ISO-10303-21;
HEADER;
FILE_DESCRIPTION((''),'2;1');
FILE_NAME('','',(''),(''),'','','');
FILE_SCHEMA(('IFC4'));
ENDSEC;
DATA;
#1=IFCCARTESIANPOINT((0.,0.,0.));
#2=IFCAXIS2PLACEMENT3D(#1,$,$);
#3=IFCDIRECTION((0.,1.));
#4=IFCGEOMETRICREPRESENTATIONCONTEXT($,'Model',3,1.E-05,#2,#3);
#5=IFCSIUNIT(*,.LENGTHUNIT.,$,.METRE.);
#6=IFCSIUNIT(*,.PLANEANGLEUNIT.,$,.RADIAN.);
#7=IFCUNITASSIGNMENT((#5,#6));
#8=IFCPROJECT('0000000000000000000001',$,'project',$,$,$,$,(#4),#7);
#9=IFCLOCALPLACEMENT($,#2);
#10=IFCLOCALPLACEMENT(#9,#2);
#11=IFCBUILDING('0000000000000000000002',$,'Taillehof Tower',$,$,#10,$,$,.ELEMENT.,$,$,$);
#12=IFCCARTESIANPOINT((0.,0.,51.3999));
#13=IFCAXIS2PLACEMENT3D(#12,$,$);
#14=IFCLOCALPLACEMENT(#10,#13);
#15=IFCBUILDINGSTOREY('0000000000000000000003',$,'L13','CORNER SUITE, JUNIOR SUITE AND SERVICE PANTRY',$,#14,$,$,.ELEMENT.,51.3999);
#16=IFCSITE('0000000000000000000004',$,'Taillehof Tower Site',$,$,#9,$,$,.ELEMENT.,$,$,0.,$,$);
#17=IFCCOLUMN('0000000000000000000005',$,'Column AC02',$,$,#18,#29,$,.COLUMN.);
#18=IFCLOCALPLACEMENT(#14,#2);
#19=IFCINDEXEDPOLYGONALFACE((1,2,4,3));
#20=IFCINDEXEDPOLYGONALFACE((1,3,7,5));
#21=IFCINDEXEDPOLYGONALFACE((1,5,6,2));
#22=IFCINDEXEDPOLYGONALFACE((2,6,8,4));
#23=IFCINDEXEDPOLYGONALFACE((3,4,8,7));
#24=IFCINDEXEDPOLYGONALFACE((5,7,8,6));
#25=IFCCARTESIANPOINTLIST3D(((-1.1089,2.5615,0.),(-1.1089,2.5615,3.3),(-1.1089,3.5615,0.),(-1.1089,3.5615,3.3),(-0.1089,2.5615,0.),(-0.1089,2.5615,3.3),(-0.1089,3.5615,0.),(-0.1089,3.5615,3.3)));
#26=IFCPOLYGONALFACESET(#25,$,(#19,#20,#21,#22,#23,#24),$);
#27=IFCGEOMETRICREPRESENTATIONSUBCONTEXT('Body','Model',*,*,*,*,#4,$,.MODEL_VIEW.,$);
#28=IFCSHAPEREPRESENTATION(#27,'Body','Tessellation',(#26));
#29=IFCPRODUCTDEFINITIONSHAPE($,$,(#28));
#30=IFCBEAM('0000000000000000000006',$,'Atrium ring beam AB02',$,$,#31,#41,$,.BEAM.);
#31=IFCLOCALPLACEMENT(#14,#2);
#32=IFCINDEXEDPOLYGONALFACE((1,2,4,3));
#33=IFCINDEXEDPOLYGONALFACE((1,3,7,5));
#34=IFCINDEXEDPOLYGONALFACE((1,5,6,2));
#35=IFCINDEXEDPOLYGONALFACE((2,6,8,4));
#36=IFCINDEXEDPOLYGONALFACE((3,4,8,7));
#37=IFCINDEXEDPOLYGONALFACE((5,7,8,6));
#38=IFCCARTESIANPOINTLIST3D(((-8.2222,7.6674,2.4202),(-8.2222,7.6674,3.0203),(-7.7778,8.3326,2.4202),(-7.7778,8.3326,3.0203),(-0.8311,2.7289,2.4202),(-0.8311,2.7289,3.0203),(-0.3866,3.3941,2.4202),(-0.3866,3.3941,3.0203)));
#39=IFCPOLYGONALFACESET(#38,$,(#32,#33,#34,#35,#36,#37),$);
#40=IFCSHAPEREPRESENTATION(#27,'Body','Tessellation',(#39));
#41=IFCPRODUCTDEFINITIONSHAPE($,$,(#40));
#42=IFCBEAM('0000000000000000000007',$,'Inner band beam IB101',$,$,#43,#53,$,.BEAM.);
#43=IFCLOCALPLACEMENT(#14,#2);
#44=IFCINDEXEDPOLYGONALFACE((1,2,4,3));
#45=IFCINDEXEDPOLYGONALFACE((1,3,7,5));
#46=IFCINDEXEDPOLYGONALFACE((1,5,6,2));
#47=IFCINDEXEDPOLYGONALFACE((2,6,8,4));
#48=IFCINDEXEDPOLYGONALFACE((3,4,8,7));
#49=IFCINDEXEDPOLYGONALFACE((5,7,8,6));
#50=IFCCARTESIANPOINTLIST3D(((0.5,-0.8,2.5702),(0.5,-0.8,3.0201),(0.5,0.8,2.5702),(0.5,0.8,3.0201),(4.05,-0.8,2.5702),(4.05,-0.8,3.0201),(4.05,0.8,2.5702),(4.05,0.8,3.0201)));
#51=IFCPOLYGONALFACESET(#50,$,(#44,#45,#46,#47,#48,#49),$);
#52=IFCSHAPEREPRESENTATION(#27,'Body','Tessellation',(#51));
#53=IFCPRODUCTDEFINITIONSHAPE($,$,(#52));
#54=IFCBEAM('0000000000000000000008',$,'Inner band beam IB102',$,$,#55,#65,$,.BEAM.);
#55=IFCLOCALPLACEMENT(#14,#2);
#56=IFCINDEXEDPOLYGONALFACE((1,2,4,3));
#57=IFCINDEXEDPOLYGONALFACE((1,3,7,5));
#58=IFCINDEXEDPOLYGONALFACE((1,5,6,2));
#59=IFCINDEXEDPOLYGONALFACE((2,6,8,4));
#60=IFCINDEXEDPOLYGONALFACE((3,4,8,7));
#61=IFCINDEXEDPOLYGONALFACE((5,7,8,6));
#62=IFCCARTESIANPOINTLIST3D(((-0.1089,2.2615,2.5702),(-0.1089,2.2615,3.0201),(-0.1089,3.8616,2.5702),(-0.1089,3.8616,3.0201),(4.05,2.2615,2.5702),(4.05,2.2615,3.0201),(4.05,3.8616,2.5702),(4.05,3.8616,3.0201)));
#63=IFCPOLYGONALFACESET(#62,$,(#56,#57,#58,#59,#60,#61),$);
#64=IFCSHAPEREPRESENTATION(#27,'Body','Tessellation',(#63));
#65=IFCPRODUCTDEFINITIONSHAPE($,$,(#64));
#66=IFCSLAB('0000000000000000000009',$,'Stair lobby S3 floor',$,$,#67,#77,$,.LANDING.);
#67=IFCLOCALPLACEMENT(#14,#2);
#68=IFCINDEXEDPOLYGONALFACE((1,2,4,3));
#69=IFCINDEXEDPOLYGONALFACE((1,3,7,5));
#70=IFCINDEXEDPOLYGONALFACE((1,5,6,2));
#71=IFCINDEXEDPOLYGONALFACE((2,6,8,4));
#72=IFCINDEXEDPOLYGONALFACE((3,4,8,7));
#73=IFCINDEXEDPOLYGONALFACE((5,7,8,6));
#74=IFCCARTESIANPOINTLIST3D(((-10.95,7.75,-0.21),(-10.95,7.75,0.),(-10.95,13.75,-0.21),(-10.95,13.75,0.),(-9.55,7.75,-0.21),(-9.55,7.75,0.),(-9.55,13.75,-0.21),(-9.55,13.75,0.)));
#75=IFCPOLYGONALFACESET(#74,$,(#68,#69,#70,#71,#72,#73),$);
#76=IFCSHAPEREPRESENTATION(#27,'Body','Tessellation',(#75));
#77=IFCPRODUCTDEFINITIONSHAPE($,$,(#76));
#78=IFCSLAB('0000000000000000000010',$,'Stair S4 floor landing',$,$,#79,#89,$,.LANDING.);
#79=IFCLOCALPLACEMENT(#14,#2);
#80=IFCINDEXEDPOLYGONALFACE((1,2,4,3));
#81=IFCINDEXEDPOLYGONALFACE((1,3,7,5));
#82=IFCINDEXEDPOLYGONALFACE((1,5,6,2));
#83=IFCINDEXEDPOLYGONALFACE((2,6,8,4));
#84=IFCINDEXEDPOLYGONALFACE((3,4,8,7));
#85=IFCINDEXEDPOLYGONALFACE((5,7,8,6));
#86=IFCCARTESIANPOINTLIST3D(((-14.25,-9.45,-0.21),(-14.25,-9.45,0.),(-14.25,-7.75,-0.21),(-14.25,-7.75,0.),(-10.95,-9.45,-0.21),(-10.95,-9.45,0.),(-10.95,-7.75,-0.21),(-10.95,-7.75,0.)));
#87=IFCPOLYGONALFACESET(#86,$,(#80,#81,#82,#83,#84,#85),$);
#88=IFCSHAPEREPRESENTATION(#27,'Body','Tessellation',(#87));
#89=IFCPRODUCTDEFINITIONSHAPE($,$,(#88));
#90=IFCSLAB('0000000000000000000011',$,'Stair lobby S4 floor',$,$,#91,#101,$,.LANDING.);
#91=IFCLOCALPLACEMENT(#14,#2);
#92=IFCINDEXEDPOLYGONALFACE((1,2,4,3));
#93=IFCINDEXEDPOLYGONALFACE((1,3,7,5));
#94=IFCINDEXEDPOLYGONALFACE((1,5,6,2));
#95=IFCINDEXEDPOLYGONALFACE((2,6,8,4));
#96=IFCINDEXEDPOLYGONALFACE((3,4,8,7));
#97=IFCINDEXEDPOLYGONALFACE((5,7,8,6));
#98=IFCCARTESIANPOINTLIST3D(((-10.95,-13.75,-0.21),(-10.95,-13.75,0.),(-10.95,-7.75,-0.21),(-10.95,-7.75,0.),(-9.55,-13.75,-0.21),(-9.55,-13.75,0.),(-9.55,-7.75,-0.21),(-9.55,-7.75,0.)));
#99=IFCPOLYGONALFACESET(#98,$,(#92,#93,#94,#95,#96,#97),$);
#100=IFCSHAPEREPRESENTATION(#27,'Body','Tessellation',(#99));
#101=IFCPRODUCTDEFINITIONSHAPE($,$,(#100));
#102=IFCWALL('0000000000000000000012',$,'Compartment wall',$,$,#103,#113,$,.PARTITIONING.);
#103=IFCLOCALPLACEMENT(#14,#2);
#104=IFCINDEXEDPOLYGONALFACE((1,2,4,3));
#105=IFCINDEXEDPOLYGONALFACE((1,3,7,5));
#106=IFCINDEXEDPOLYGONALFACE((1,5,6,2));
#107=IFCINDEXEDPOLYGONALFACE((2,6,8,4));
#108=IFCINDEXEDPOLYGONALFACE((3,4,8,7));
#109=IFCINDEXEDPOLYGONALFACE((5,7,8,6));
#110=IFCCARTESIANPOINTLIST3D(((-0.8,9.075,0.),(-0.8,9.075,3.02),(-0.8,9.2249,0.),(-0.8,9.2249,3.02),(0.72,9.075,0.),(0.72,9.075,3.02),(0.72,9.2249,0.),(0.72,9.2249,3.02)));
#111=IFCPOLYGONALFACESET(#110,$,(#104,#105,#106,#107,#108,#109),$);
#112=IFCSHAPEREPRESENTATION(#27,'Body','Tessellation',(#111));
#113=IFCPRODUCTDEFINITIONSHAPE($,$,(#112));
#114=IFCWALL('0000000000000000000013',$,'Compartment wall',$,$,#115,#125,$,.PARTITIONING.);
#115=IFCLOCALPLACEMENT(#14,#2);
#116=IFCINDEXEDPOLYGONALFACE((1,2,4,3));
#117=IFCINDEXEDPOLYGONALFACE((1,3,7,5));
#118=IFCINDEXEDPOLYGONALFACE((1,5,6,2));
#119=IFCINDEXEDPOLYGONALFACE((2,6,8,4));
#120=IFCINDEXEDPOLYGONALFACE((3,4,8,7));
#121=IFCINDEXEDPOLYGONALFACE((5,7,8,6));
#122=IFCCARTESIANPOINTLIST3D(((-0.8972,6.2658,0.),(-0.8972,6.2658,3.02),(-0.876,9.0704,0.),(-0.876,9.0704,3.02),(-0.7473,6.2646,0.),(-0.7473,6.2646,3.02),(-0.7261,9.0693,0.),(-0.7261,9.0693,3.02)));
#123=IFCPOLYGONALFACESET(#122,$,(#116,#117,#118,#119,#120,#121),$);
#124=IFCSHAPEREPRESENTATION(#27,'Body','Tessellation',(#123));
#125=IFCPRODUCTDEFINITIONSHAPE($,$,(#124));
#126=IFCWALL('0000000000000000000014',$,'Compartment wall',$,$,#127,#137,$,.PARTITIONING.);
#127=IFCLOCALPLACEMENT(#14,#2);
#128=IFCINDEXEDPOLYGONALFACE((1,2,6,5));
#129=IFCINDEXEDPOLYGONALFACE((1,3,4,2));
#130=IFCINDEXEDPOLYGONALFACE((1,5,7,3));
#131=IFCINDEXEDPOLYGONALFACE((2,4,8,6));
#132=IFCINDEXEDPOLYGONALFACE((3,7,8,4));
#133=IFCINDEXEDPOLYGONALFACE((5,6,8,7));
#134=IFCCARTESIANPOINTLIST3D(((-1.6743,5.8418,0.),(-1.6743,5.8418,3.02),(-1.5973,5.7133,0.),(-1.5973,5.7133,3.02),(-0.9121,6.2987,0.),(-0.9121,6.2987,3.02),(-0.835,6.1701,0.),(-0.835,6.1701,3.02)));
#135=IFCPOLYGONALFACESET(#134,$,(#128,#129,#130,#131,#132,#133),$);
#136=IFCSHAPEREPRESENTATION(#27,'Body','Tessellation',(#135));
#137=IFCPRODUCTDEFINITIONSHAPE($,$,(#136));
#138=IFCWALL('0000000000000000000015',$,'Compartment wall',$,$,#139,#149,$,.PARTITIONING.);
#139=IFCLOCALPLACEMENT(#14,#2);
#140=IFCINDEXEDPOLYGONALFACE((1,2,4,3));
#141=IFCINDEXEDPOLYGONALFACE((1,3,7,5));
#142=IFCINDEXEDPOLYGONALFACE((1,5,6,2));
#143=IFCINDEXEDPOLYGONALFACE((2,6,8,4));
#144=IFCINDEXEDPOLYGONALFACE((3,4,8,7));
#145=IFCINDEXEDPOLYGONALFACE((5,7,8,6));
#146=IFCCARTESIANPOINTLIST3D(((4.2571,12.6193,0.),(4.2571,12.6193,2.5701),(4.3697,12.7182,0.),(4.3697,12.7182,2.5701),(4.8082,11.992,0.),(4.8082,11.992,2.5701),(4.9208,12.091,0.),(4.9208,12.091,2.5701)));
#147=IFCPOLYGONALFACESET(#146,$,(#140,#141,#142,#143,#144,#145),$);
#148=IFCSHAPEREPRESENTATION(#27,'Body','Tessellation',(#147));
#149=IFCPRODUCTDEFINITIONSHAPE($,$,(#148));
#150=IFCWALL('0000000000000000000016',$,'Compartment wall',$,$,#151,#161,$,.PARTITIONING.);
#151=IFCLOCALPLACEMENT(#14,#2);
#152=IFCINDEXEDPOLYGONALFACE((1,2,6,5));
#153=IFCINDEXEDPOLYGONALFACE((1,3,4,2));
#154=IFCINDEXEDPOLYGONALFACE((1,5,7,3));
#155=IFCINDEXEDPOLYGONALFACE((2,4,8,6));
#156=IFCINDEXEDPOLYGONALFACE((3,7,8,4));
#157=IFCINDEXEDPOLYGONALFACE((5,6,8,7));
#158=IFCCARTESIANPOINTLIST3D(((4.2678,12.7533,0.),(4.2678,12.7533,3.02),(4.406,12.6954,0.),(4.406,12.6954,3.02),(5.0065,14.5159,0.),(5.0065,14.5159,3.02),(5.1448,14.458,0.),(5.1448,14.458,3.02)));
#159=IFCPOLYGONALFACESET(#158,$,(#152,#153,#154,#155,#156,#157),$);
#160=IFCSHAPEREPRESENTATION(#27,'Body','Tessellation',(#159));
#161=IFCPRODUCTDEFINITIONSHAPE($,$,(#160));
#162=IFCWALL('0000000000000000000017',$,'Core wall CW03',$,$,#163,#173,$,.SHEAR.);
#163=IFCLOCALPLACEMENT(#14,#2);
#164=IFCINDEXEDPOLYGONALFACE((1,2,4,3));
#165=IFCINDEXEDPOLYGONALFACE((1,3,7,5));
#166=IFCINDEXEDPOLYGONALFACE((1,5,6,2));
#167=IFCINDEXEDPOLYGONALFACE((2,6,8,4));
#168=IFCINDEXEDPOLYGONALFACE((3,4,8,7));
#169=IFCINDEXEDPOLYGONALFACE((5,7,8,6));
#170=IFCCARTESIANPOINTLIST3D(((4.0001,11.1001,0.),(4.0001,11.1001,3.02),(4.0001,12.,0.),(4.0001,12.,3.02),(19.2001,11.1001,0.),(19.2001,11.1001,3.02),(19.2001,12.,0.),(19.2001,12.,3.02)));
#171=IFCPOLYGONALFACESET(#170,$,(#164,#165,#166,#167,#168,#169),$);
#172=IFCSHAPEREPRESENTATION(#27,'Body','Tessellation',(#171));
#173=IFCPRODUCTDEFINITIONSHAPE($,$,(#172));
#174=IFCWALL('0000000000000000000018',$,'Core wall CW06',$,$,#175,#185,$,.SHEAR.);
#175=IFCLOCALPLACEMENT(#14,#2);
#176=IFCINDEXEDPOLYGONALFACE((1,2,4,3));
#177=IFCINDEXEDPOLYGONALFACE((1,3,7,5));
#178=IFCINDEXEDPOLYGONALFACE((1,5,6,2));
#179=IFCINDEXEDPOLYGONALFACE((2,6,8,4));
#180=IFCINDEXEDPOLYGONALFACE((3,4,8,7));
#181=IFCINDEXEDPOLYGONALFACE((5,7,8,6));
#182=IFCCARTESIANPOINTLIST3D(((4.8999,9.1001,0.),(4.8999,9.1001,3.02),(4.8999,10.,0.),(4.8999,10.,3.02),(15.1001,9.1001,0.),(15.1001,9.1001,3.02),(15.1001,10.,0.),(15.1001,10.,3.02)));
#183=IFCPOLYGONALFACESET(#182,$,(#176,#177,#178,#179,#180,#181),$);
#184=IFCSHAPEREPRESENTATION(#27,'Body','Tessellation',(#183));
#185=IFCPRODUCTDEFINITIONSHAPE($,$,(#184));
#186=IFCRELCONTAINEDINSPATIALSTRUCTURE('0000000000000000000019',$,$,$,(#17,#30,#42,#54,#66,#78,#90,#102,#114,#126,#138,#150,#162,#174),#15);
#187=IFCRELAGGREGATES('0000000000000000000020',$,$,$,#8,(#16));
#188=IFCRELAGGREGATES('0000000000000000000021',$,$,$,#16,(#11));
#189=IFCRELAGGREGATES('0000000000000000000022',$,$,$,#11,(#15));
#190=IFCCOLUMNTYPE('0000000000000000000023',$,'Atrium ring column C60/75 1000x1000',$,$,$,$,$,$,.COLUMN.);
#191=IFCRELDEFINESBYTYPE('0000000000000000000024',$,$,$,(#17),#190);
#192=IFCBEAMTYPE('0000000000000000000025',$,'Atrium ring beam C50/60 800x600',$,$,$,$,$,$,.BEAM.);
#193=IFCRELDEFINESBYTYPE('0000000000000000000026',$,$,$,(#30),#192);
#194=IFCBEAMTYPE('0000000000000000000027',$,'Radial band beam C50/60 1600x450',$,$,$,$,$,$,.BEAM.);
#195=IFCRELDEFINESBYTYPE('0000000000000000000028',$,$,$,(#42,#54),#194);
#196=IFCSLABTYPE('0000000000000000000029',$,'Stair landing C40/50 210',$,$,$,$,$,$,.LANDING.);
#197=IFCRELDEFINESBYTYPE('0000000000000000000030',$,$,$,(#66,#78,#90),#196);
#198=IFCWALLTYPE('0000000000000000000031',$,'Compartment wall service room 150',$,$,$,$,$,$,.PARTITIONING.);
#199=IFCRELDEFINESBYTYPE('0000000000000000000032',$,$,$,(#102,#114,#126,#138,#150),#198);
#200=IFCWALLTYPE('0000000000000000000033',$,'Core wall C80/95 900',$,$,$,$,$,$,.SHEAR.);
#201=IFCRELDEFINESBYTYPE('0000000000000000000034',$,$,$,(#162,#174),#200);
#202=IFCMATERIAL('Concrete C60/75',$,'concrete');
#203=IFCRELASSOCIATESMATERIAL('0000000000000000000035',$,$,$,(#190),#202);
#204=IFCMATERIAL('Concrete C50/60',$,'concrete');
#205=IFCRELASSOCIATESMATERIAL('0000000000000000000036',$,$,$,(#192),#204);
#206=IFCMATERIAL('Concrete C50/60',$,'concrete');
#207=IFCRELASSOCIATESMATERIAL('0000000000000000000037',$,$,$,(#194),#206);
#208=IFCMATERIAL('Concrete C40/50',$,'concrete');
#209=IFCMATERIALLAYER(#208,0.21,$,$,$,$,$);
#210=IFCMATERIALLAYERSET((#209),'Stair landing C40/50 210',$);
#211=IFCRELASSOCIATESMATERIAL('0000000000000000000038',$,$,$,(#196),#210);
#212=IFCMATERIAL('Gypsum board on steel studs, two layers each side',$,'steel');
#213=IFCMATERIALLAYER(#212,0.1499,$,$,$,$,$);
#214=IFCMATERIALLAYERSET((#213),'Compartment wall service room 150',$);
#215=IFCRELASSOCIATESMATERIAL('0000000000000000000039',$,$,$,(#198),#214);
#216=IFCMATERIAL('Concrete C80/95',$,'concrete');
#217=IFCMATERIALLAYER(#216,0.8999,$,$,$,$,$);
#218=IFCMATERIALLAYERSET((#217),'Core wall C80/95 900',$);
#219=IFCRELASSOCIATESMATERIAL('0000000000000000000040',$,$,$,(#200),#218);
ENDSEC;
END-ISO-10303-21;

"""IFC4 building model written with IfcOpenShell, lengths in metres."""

from ifc_helpers import new_model, si_unit, direction, frame, frame_2d, origin, origin_2d, place, context, subcontext, project, spatial, polyline, rectangle, outline, extrude, material, layer, layer_set, material_profile, profile_set, type_object, element, save


model = new_model("IFC4")

# Units and contexts
model_context = context("Model", 3, precision=1e-05, world=origin(), true_north=direction((0.0, 1.0)))
body_context = subcontext(model_context, "Body", "Model", "MODEL_VIEW")
ifc_project = project(units=[si_unit("LENGTHUNIT", "METRE"), si_unit("PLANEANGLEUNIT", "RADIAN")], contexts=[model_context])

# Site, building, storey
site_placement = place(None, origin())
site = spatial("IfcSite", under=ifc_project, at=site_placement, Name="Taillehof Tower Site", CompositionType="ELEMENT", RefElevation=0.0)
building_placement = place(site_placement, origin())
building = spatial("IfcBuilding", under=site, at=building_placement, Name="Taillehof Tower", CompositionType="ELEMENT")
storey_placement = place(building_placement, frame((0.0, 0.0, 51.3999)))
storey = spatial("IfcBuildingStorey", under=building, at=storey_placement, Name="L13", Description="CORNER SUITE, JUNIOR SUITE AND SERVICE PANTRY", CompositionType="ELEMENT", Elevation=51.3999)

# Column
ifc_material_1 = material(Name="Concrete C60/75", Category="concrete")
ifc_material_profile_1 = material_profile(ifc_material_1, rectangle(XDim=1.0, YDim=1.0, at=origin_2d()), Name="RC 1000x1000")
ifc_profile_set_1 = profile_set([ifc_material_profile_1], Name="Concrete C60/75")
column_type = type_object("IfcColumnType", Name="Atrium ring column C60/75 1000x1000", PredefinedType="COLUMN", material=ifc_profile_set_1)
column_placement = place(storey_placement, frame((-0.6089, 3.0615, 0.0), z_axis=(0.0, 0.0, 1.0), x_axis=(1.0, 0.0, 0.0)))
element("IfcColumn", 1, at=column_placement, inside=storey, type_object=column_type, Name="Column AC02", PredefinedType="COLUMN", context=body_context, shape_type="SweptSolid", body=[
    extrude(rectangle(XDim=1.0, YDim=1.0, at=origin_2d()), origin(), (0.0, 0.0, 1.0), 3.3),
])

# Beams
ifc_material_2 = material(Name="Concrete C50/60", Category="concrete")
ifc_material_profile_2 = material_profile(ifc_material_2, rectangle(XDim=0.8, YDim=0.6001, at=origin_2d()), Name="RC 800x600")
ifc_profile_set_2 = profile_set([ifc_material_profile_2], Name="Concrete C50/60")
beam_type_1 = type_object("IfcBeamType", Name="Atrium ring beam C50/60 800x600", PredefinedType="BEAM", material=ifc_profile_set_2)
beam_1_placement = place(storey_placement, frame((-0.6089, 3.0615, 2.7202), z_axis=(-0.831475, 0.555562, 0.0), x_axis=(-0.555562, -0.831475, 0.0)))
element("IfcBeam", 2, at=beam_1_placement, inside=storey, type_object=beam_type_1, Name="Atrium ring beam AB02", PredefinedType="BEAM", context=body_context, shape_type="SweptSolid", body=[
    extrude(rectangle(XDim=0.8, YDim=0.6001, at=origin_2d()), origin(), (0.0, 0.0, 1.0), 8.8892),
])
ifc_material_3 = material(Name="Concrete C50/60", Category="concrete")
ifc_material_profile_3 = material_profile(ifc_material_3, rectangle(XDim=1.6001, YDim=0.45, at=origin_2d()), Name="RC 1600x450")
ifc_profile_set_3 = profile_set([ifc_material_profile_3], Name="Concrete C50/60")
beam_type_2 = type_object("IfcBeamType", Name="Radial band beam C50/60 1600x450", PredefinedType="BEAM", material=ifc_profile_set_3)
beam_2_placement = place(storey_placement, frame((0.5, 0.0, 2.7952), z_axis=(1.0, 0.0, 0.0), x_axis=(0.0, 1.0, 0.0)))
element("IfcBeam", 3, at=beam_2_placement, inside=storey, type_object=beam_type_2, Name="Inner band beam IB101", PredefinedType="BEAM", context=body_context, shape_type="SweptSolid", body=[
    extrude(rectangle(XDim=1.6001, YDim=0.45, at=origin_2d()), origin(), (0.0, 0.0, 1.0), 3.55),
])
beam_3_placement = place(storey_placement, frame((-0.1089, 3.0615, 2.7952), z_axis=(1.0, 0.0, 0.0), x_axis=(0.0, 1.0, 0.0)))
element("IfcBeam", 4, at=beam_3_placement, inside=storey, type_object=beam_type_2, Name="Inner band beam IB102", PredefinedType="BEAM", context=body_context, shape_type="SweptSolid", body=[
    extrude(rectangle(XDim=1.6001, YDim=0.45, at=origin_2d()), origin(), (0.0, 0.0, 1.0), 4.1589),
])

# Slabs
ifc_material_4 = material(Name="Concrete C40/50", Category="concrete")
ifc_layer_1 = layer(ifc_material_4, 0.21)
ifc_layer_set_1 = layer_set([ifc_layer_1], Name="Stair landing C40/50 210")
slab_type = type_object("IfcSlabType", Name="Stair landing C40/50 210", PredefinedType="LANDING", material=ifc_layer_set_1)
slab_1_placement = place(storey_placement, frame((0.0, 0.0, -0.21)))
element("IfcSlab", 5, at=slab_1_placement, inside=storey, type_object=slab_type, Name="Stair lobby S3 floor", PredefinedType="LANDING", context=body_context, shape_type="SweptSolid", body=[
    extrude(outline(polyline([(-10.95, 7.75), (-9.55, 7.75), (-9.55, 13.75), (-10.95, 13.75), (-10.95, 7.75)])), origin(), (0.0, 0.0, 1.0), 0.21),
])
slab_2_placement = place(storey_placement, frame((0.0, 0.0, -0.21)))
element("IfcSlab", 6, at=slab_2_placement, inside=storey, type_object=slab_type, Name="Stair S4 floor landing", PredefinedType="LANDING", context=body_context, shape_type="SweptSolid", body=[
    extrude(outline(polyline([(-14.25, -7.75), (-14.25, -9.45), (-10.95, -9.45), (-10.95, -7.75), (-14.25, -7.75)])), origin(), (0.0, 0.0, 1.0), 0.21),
])
slab_3_placement = place(storey_placement, frame((0.0, 0.0, -0.21)))
element("IfcSlab", 7, at=slab_3_placement, inside=storey, type_object=slab_type, Name="Stair lobby S4 floor", PredefinedType="LANDING", context=body_context, shape_type="SweptSolid", body=[
    extrude(outline(polyline([(-10.95, -13.75), (-9.55, -13.75), (-9.55, -7.75), (-10.95, -7.75), (-10.95, -13.75)])), origin(), (0.0, 0.0, 1.0), 0.21),
])

# Walls
ifc_material_5 = material(Name="Gypsum board on steel studs, two layers each side", Category="steel")
ifc_layer_2 = layer(ifc_material_5, 0.1499)
ifc_layer_set_2 = layer_set([ifc_layer_2], Name="Compartment wall service room 150")
wall_type_1 = type_object("IfcWallType", Name="Compartment wall service room 150", PredefinedType="PARTITIONING", material=ifc_layer_set_2)
wall_1_placement = place(storey_placement, frame((0.72, 9.1499, 0.0), z_axis=(0.0, 0.0, 1.0), x_axis=(-1.0, 0.0, 0.0)))
element("IfcWall", 8, at=wall_1_placement, inside=storey, type_object=wall_type_1, Name="Compartment wall", PredefinedType="PARTITIONING", context=body_context, shape_type="SweptSolid", body=[
    extrude(rectangle(XDim=1.52, YDim=0.1499, at=frame_2d((0.76, 0.0))), origin(), (0.0, 0.0, 1.0), 3.02),
])
wall_2_placement = place(storey_placement, frame((-0.801, 9.0698, 0.0), z_axis=(0.0, 0.0, 1.0), x_axis=(-0.007573, -0.999971, 0.0)))
element("IfcWall", 9, at=wall_2_placement, inside=storey, type_object=wall_type_1, Name="Compartment wall", PredefinedType="PARTITIONING", context=body_context, shape_type="SweptSolid", body=[
    extrude(rectangle(XDim=2.8047, YDim=0.1499, at=frame_2d((1.4023, 0.0))), origin(), (0.0, 0.0, 1.0), 3.02),
])
wall_3_placement = place(storey_placement, frame((-0.8735, 6.2344, 0.0), z_axis=(0.0, 0.0, 1.0), x_axis=(-0.857759, -0.514051, 0.0)))
element("IfcWall", 10, at=wall_3_placement, inside=storey, type_object=wall_type_1, Name="Compartment wall", PredefinedType="PARTITIONING", context=body_context, shape_type="SweptSolid", body=[
    extrude(rectangle(XDim=0.8887, YDim=0.1499, at=frame_2d((0.4443, 0.0))), origin(), (0.0, 0.0, 1.0), 3.02),
])
wall_4_placement = place(storey_placement, frame((4.8645, 12.0415, 0.0), z_axis=(0.0, 0.0, 1.0), x_axis=(-0.660015, 0.751253, 0.0)))
element("IfcWall", 11, at=wall_4_placement, inside=storey, type_object=wall_type_1, Name="Compartment wall", PredefinedType="PARTITIONING", context=body_context, shape_type="SweptSolid", body=[
    extrude(rectangle(XDim=0.835, YDim=0.1499, at=frame_2d((0.4175, 0.0))), origin(), (0.0, 0.0, 1.0), 2.5701),
])
wall_5_placement = place(storey_placement, frame((4.3369, 12.7244, 0.0), z_axis=(0.0, 0.0, 1.0), x_axis=(0.386537, 0.922274, 0.0)))
element("IfcWall", 12, at=wall_5_placement, inside=storey, type_object=wall_type_1, Name="Compartment wall", PredefinedType="PARTITIONING", context=body_context, shape_type="SweptSolid", body=[
    extrude(rectangle(XDim=1.9111, YDim=0.1499, at=frame_2d((0.9556, 0.0))), origin(), (0.0, 0.0, 1.0), 3.02),
])
ifc_material_6 = material(Name="Concrete C80/95", Category="concrete")
ifc_layer_3 = layer(ifc_material_6, 0.8999)
ifc_layer_set_3 = layer_set([ifc_layer_3], Name="Core wall C80/95 900")
wall_type_2 = type_object("IfcWallType", Name="Core wall C80/95 900", PredefinedType="SHEAR", material=ifc_layer_set_3)
wall_6_placement = place(storey_placement, frame((4.0, 11.55, 0.0), z_axis=(0.0, 0.0, 1.0), x_axis=(1.0, 0.0, 0.0)))
element("IfcWall", 13, at=wall_6_placement, inside=storey, type_object=wall_type_2, Name="Core wall CW03", PredefinedType="SHEAR", context=body_context, shape_type="SweptSolid", body=[
    extrude(rectangle(XDim=15.2, YDim=0.8999, at=frame_2d((7.6001, 0.0))), origin(), (0.0, 0.0, 1.0), 3.02),
])
wall_7_placement = place(storey_placement, frame((4.8999, 9.55, 0.0), z_axis=(0.0, 0.0, 1.0), x_axis=(1.0, 0.0, 0.0)))
element("IfcWall", 14, at=wall_7_placement, inside=storey, type_object=wall_type_2, Name="Core wall CW06", PredefinedType="SHEAR", context=body_context, shape_type="SweptSolid", body=[
    extrude(rectangle(XDim=10.2002, YDim=0.8999, at=frame_2d((5.1001, 0.0))), origin(), (0.0, 0.0, 1.0), 3.02),
])

save(model, "model.ifc")
